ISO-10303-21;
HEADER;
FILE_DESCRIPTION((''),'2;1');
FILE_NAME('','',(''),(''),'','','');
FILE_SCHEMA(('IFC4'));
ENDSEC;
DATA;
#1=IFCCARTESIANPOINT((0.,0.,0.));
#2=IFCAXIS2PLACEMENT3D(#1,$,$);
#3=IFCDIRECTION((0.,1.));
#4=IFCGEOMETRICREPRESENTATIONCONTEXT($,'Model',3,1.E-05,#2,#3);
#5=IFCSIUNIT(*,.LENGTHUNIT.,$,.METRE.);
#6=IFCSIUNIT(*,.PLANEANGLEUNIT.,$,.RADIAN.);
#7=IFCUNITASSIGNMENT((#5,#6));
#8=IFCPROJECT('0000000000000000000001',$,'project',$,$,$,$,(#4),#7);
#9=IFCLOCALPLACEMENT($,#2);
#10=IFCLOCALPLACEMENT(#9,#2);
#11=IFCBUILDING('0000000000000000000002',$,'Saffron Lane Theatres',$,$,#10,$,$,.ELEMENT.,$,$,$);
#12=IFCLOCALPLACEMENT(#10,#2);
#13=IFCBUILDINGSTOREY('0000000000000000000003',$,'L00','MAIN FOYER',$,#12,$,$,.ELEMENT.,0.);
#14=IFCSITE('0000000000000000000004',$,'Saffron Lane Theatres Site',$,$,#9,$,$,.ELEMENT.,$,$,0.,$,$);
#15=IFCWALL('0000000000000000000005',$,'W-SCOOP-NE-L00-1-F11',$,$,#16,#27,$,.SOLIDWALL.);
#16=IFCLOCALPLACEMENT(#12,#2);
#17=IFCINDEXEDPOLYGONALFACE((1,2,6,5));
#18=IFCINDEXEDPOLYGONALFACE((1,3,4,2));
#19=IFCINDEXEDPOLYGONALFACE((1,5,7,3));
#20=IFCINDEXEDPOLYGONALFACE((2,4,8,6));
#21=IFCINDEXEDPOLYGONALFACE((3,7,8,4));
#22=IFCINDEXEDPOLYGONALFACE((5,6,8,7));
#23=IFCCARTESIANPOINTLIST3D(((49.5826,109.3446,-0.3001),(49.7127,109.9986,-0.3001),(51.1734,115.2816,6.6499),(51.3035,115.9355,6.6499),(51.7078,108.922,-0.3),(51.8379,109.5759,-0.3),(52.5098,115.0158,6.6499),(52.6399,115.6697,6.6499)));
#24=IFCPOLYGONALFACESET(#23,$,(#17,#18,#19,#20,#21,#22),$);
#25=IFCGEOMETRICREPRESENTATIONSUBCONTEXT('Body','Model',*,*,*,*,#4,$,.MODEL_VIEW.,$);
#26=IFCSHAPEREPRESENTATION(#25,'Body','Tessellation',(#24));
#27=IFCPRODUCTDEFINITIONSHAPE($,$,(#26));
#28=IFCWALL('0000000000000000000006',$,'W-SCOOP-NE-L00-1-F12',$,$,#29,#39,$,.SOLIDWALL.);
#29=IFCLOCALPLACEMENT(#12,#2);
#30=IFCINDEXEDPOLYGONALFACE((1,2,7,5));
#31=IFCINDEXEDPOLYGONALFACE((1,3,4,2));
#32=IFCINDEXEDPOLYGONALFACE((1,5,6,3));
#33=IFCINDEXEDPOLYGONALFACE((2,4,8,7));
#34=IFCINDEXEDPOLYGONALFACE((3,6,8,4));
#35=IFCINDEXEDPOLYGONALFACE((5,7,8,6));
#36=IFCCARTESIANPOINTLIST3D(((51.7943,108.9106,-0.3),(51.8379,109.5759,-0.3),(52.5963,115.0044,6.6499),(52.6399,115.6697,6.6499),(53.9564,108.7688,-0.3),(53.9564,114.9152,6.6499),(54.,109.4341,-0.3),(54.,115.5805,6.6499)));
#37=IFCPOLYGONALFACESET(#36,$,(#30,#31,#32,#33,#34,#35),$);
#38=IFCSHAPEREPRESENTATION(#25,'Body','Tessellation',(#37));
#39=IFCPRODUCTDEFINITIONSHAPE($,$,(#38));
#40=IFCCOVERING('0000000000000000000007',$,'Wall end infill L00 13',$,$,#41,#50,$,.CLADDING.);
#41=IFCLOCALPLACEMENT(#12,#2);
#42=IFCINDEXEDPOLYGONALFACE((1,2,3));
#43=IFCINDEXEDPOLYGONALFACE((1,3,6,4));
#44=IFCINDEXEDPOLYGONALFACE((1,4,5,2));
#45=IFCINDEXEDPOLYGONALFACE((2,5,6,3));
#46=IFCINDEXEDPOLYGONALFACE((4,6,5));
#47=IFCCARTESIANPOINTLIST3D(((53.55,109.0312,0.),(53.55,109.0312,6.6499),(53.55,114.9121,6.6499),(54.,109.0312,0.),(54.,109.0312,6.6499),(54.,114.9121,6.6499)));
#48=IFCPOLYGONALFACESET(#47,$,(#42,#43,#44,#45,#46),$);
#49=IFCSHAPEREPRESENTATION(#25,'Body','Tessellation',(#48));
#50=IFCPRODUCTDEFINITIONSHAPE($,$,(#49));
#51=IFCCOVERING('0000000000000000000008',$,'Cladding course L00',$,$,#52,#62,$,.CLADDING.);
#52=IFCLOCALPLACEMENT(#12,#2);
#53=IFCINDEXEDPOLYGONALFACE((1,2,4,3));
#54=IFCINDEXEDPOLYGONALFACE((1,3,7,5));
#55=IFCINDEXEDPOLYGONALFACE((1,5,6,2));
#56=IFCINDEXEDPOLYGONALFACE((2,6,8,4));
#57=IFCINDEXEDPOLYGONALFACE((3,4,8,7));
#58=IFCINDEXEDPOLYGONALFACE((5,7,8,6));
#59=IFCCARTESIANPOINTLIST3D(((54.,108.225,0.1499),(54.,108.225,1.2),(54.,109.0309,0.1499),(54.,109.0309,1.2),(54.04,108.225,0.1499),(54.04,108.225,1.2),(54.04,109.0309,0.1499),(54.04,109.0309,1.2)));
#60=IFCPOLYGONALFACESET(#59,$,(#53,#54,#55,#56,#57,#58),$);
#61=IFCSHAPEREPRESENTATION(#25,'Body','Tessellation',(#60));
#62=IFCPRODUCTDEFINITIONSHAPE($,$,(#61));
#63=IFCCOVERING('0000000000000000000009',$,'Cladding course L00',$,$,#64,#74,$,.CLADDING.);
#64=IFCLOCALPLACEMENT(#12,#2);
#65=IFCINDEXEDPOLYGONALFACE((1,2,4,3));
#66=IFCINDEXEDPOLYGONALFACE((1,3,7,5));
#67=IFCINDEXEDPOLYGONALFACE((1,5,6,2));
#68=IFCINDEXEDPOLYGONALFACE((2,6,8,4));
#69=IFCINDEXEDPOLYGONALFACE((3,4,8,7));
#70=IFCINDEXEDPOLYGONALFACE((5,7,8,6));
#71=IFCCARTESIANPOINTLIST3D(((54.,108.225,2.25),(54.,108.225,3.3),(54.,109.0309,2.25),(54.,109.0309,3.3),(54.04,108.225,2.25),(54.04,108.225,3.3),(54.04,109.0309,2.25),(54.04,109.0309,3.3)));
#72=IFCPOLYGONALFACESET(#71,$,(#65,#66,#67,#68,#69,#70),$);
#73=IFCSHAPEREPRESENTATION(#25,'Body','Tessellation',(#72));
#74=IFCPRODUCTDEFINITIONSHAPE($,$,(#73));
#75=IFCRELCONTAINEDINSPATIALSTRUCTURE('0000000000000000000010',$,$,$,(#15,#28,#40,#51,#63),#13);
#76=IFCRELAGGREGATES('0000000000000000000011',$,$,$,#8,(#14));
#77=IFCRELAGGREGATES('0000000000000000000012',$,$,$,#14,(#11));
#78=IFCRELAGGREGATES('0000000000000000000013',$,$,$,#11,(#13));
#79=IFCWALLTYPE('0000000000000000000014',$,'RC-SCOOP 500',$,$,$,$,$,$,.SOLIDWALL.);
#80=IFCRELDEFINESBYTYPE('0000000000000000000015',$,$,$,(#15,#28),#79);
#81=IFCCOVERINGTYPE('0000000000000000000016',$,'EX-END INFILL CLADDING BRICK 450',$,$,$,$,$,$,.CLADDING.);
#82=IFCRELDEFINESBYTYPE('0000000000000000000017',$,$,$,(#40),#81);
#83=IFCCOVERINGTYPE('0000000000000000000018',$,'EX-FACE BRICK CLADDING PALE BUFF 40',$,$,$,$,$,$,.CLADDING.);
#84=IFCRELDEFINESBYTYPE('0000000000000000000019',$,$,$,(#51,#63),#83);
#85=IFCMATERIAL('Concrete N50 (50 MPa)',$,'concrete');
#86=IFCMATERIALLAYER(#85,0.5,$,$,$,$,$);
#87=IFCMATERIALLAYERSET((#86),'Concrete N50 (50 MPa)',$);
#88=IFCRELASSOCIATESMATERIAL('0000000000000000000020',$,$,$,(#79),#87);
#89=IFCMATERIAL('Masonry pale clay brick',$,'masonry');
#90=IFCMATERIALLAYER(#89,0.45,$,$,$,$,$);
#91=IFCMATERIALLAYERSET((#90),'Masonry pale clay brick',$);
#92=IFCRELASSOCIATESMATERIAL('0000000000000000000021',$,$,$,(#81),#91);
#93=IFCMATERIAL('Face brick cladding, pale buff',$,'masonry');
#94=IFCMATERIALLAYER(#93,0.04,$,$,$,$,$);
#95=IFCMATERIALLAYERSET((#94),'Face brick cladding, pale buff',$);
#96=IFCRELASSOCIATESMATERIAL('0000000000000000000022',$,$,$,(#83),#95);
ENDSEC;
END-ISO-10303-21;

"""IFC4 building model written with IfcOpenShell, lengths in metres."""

from ifc_helpers import new_model, si_unit, direction, frame, origin, origin_2d, place, context, subcontext, project, spatial, polyline, rectangle, outline, extrude, material, layer, layer_set, type_object, element, save


model = new_model("IFC4")

# Units and contexts
model_context = context("Model", 3, precision=1e-05, world=origin(), true_north=direction((0.0, 1.0)))
body_context = subcontext(model_context, "Body", "Model", "MODEL_VIEW")
ifc_project = project(units=[si_unit("LENGTHUNIT", "METRE"), si_unit("PLANEANGLEUNIT", "RADIAN")], contexts=[model_context])

# Site, building, storey
site_placement = place(None, origin())
site = spatial("IfcSite", under=ifc_project, at=site_placement, Name="Saffron Lane Theatres Site", CompositionType="ELEMENT", RefElevation=0.0)
building_placement = place(site_placement, origin())
building = spatial("IfcBuilding", under=site, at=building_placement, Name="Saffron Lane Theatres", CompositionType="ELEMENT")
storey_placement = place(building_placement, origin())
storey = spatial("IfcBuildingStorey", under=building, at=storey_placement, Name="L00", Description="MAIN FOYER", CompositionType="ELEMENT", Elevation=0.0)

# Walls
ifc_material_1 = material(Name="Concrete N50 (50 MPa)", Category="concrete")
ifc_layer_1 = layer(ifc_material_1, 0.5)
ifc_layer_set_1 = layer_set([ifc_layer_1], Name="Concrete N50 (50 MPa)")
wall_type_1 = type_object("IfcWallType", Name="RC-SCOOP 500", PredefinedType="SOLIDWALL", material=ifc_layer_set_1)
wall_1_placement = place(storey_placement, frame((51.8379, 109.5759, -0.3), z_axis=(-0.146258, -0.735387, 0.661676), x_axis=(-0.980793, 0.195051, -0.000016)))
element("IfcWall", 1, at=wall_1_placement, inside=storey, type_object=wall_type_1, Name="W-SCOOP-NE-L00-1-F11", PredefinedType="SOLIDWALL", context=body_context, shape_type="SweptSolid", body=[
    extrude(outline(polyline([(0.0, 0.0), (2.1669, 0.0), (1.7645, -9.2692), (0.4019, -9.2692), (0.0, 0.0)])), origin(), (0.00004, 0.661676, 0.74979), 0.6667),
])
wall_2_placement = place(storey_placement, frame((54.0, 109.4341, -0.3), z_axis=(-0.049059, -0.748181, 0.661678), x_axis=(-0.997856, 0.065446, 0.000017)))
element("IfcWall", 2, at=wall_2_placement, inside=storey, type_object=wall_type_1, Name="W-SCOOP-NE-L00-1-F12", PredefinedType="SOLIDWALL", context=body_context, shape_type="SweptSolid", body=[
    extrude(outline(polyline([(0.0, 0.0), (2.1668, 0.0), (1.7654, -9.2692), (0.4024, -9.2693), (0.0, 0.0)])), origin(), (-0.000043, 0.661678, 0.749788), 0.6667),
])

# Coverings
ifc_material_2 = material(Name="Masonry pale clay brick", Category="masonry")
ifc_layer_2 = layer(ifc_material_2, 0.45)
ifc_layer_set_2 = layer_set([ifc_layer_2], Name="Masonry pale clay brick")
covering_type_1 = type_object("IfcCoveringType", Name="EX-END INFILL CLADDING BRICK 450", PredefinedType="CLADDING", material=ifc_layer_set_2)
covering_placement = place(storey_placement, frame((54.0, 109.0312, 6.6499), z_axis=(1.0, 0.0, 0.0), x_axis=(0.0, 0.0, -1.0)))
element("IfcCovering", 3, at=covering_placement, inside=storey, type_object=covering_type_1, Name="Wall end infill L00 13", PredefinedType="CLADDING", context=body_context, shape_type="SweptSolid", body=[
    extrude(outline(polyline([(0.0, 0.0), (6.6499, 0.0), (0.0, 5.8809), (0.0, 0.0)])), origin(), (0.0, 0.0, -1.0), 0.45),
])
ifc_material_3 = material(Name="Face brick cladding, pale buff", Category="masonry")
ifc_layer_3 = layer(ifc_material_3, 0.04)
ifc_layer_set_3 = layer_set([ifc_layer_3], Name="Face brick cladding, pale buff")
covering_type_2 = type_object("IfcCoveringType", Name="EX-FACE BRICK CLADDING PALE BUFF 40", PredefinedType="CLADDING", material=ifc_layer_set_3)
for number, where, z_axis, x_axis, name in (
    (4, (54.02, 108.6279, 0.1499), (0.0, 0.0, 1.0), (0.0, -1.0, 0.0), "Cladding course L00"),
    (5, (54.02, 108.6279, 2.25), (0.0, 0.0, 1.0), (0.0, -1.0, 0.0), "Cladding course L00"),
):
    element("IfcCovering", number, at=place(storey_placement, frame(where, z_axis=z_axis, x_axis=x_axis)), inside=storey, type_object=covering_type_2, Name=name, PredefinedType="CLADDING", context=body_context, shape_type="SweptSolid", body=[
        extrude(rectangle(XDim=0.8059, YDim=0.04, at=origin_2d()), origin(), (0.0, 0.0, 1.0), 1.05),
    ])

save(model, "model.ifc")
